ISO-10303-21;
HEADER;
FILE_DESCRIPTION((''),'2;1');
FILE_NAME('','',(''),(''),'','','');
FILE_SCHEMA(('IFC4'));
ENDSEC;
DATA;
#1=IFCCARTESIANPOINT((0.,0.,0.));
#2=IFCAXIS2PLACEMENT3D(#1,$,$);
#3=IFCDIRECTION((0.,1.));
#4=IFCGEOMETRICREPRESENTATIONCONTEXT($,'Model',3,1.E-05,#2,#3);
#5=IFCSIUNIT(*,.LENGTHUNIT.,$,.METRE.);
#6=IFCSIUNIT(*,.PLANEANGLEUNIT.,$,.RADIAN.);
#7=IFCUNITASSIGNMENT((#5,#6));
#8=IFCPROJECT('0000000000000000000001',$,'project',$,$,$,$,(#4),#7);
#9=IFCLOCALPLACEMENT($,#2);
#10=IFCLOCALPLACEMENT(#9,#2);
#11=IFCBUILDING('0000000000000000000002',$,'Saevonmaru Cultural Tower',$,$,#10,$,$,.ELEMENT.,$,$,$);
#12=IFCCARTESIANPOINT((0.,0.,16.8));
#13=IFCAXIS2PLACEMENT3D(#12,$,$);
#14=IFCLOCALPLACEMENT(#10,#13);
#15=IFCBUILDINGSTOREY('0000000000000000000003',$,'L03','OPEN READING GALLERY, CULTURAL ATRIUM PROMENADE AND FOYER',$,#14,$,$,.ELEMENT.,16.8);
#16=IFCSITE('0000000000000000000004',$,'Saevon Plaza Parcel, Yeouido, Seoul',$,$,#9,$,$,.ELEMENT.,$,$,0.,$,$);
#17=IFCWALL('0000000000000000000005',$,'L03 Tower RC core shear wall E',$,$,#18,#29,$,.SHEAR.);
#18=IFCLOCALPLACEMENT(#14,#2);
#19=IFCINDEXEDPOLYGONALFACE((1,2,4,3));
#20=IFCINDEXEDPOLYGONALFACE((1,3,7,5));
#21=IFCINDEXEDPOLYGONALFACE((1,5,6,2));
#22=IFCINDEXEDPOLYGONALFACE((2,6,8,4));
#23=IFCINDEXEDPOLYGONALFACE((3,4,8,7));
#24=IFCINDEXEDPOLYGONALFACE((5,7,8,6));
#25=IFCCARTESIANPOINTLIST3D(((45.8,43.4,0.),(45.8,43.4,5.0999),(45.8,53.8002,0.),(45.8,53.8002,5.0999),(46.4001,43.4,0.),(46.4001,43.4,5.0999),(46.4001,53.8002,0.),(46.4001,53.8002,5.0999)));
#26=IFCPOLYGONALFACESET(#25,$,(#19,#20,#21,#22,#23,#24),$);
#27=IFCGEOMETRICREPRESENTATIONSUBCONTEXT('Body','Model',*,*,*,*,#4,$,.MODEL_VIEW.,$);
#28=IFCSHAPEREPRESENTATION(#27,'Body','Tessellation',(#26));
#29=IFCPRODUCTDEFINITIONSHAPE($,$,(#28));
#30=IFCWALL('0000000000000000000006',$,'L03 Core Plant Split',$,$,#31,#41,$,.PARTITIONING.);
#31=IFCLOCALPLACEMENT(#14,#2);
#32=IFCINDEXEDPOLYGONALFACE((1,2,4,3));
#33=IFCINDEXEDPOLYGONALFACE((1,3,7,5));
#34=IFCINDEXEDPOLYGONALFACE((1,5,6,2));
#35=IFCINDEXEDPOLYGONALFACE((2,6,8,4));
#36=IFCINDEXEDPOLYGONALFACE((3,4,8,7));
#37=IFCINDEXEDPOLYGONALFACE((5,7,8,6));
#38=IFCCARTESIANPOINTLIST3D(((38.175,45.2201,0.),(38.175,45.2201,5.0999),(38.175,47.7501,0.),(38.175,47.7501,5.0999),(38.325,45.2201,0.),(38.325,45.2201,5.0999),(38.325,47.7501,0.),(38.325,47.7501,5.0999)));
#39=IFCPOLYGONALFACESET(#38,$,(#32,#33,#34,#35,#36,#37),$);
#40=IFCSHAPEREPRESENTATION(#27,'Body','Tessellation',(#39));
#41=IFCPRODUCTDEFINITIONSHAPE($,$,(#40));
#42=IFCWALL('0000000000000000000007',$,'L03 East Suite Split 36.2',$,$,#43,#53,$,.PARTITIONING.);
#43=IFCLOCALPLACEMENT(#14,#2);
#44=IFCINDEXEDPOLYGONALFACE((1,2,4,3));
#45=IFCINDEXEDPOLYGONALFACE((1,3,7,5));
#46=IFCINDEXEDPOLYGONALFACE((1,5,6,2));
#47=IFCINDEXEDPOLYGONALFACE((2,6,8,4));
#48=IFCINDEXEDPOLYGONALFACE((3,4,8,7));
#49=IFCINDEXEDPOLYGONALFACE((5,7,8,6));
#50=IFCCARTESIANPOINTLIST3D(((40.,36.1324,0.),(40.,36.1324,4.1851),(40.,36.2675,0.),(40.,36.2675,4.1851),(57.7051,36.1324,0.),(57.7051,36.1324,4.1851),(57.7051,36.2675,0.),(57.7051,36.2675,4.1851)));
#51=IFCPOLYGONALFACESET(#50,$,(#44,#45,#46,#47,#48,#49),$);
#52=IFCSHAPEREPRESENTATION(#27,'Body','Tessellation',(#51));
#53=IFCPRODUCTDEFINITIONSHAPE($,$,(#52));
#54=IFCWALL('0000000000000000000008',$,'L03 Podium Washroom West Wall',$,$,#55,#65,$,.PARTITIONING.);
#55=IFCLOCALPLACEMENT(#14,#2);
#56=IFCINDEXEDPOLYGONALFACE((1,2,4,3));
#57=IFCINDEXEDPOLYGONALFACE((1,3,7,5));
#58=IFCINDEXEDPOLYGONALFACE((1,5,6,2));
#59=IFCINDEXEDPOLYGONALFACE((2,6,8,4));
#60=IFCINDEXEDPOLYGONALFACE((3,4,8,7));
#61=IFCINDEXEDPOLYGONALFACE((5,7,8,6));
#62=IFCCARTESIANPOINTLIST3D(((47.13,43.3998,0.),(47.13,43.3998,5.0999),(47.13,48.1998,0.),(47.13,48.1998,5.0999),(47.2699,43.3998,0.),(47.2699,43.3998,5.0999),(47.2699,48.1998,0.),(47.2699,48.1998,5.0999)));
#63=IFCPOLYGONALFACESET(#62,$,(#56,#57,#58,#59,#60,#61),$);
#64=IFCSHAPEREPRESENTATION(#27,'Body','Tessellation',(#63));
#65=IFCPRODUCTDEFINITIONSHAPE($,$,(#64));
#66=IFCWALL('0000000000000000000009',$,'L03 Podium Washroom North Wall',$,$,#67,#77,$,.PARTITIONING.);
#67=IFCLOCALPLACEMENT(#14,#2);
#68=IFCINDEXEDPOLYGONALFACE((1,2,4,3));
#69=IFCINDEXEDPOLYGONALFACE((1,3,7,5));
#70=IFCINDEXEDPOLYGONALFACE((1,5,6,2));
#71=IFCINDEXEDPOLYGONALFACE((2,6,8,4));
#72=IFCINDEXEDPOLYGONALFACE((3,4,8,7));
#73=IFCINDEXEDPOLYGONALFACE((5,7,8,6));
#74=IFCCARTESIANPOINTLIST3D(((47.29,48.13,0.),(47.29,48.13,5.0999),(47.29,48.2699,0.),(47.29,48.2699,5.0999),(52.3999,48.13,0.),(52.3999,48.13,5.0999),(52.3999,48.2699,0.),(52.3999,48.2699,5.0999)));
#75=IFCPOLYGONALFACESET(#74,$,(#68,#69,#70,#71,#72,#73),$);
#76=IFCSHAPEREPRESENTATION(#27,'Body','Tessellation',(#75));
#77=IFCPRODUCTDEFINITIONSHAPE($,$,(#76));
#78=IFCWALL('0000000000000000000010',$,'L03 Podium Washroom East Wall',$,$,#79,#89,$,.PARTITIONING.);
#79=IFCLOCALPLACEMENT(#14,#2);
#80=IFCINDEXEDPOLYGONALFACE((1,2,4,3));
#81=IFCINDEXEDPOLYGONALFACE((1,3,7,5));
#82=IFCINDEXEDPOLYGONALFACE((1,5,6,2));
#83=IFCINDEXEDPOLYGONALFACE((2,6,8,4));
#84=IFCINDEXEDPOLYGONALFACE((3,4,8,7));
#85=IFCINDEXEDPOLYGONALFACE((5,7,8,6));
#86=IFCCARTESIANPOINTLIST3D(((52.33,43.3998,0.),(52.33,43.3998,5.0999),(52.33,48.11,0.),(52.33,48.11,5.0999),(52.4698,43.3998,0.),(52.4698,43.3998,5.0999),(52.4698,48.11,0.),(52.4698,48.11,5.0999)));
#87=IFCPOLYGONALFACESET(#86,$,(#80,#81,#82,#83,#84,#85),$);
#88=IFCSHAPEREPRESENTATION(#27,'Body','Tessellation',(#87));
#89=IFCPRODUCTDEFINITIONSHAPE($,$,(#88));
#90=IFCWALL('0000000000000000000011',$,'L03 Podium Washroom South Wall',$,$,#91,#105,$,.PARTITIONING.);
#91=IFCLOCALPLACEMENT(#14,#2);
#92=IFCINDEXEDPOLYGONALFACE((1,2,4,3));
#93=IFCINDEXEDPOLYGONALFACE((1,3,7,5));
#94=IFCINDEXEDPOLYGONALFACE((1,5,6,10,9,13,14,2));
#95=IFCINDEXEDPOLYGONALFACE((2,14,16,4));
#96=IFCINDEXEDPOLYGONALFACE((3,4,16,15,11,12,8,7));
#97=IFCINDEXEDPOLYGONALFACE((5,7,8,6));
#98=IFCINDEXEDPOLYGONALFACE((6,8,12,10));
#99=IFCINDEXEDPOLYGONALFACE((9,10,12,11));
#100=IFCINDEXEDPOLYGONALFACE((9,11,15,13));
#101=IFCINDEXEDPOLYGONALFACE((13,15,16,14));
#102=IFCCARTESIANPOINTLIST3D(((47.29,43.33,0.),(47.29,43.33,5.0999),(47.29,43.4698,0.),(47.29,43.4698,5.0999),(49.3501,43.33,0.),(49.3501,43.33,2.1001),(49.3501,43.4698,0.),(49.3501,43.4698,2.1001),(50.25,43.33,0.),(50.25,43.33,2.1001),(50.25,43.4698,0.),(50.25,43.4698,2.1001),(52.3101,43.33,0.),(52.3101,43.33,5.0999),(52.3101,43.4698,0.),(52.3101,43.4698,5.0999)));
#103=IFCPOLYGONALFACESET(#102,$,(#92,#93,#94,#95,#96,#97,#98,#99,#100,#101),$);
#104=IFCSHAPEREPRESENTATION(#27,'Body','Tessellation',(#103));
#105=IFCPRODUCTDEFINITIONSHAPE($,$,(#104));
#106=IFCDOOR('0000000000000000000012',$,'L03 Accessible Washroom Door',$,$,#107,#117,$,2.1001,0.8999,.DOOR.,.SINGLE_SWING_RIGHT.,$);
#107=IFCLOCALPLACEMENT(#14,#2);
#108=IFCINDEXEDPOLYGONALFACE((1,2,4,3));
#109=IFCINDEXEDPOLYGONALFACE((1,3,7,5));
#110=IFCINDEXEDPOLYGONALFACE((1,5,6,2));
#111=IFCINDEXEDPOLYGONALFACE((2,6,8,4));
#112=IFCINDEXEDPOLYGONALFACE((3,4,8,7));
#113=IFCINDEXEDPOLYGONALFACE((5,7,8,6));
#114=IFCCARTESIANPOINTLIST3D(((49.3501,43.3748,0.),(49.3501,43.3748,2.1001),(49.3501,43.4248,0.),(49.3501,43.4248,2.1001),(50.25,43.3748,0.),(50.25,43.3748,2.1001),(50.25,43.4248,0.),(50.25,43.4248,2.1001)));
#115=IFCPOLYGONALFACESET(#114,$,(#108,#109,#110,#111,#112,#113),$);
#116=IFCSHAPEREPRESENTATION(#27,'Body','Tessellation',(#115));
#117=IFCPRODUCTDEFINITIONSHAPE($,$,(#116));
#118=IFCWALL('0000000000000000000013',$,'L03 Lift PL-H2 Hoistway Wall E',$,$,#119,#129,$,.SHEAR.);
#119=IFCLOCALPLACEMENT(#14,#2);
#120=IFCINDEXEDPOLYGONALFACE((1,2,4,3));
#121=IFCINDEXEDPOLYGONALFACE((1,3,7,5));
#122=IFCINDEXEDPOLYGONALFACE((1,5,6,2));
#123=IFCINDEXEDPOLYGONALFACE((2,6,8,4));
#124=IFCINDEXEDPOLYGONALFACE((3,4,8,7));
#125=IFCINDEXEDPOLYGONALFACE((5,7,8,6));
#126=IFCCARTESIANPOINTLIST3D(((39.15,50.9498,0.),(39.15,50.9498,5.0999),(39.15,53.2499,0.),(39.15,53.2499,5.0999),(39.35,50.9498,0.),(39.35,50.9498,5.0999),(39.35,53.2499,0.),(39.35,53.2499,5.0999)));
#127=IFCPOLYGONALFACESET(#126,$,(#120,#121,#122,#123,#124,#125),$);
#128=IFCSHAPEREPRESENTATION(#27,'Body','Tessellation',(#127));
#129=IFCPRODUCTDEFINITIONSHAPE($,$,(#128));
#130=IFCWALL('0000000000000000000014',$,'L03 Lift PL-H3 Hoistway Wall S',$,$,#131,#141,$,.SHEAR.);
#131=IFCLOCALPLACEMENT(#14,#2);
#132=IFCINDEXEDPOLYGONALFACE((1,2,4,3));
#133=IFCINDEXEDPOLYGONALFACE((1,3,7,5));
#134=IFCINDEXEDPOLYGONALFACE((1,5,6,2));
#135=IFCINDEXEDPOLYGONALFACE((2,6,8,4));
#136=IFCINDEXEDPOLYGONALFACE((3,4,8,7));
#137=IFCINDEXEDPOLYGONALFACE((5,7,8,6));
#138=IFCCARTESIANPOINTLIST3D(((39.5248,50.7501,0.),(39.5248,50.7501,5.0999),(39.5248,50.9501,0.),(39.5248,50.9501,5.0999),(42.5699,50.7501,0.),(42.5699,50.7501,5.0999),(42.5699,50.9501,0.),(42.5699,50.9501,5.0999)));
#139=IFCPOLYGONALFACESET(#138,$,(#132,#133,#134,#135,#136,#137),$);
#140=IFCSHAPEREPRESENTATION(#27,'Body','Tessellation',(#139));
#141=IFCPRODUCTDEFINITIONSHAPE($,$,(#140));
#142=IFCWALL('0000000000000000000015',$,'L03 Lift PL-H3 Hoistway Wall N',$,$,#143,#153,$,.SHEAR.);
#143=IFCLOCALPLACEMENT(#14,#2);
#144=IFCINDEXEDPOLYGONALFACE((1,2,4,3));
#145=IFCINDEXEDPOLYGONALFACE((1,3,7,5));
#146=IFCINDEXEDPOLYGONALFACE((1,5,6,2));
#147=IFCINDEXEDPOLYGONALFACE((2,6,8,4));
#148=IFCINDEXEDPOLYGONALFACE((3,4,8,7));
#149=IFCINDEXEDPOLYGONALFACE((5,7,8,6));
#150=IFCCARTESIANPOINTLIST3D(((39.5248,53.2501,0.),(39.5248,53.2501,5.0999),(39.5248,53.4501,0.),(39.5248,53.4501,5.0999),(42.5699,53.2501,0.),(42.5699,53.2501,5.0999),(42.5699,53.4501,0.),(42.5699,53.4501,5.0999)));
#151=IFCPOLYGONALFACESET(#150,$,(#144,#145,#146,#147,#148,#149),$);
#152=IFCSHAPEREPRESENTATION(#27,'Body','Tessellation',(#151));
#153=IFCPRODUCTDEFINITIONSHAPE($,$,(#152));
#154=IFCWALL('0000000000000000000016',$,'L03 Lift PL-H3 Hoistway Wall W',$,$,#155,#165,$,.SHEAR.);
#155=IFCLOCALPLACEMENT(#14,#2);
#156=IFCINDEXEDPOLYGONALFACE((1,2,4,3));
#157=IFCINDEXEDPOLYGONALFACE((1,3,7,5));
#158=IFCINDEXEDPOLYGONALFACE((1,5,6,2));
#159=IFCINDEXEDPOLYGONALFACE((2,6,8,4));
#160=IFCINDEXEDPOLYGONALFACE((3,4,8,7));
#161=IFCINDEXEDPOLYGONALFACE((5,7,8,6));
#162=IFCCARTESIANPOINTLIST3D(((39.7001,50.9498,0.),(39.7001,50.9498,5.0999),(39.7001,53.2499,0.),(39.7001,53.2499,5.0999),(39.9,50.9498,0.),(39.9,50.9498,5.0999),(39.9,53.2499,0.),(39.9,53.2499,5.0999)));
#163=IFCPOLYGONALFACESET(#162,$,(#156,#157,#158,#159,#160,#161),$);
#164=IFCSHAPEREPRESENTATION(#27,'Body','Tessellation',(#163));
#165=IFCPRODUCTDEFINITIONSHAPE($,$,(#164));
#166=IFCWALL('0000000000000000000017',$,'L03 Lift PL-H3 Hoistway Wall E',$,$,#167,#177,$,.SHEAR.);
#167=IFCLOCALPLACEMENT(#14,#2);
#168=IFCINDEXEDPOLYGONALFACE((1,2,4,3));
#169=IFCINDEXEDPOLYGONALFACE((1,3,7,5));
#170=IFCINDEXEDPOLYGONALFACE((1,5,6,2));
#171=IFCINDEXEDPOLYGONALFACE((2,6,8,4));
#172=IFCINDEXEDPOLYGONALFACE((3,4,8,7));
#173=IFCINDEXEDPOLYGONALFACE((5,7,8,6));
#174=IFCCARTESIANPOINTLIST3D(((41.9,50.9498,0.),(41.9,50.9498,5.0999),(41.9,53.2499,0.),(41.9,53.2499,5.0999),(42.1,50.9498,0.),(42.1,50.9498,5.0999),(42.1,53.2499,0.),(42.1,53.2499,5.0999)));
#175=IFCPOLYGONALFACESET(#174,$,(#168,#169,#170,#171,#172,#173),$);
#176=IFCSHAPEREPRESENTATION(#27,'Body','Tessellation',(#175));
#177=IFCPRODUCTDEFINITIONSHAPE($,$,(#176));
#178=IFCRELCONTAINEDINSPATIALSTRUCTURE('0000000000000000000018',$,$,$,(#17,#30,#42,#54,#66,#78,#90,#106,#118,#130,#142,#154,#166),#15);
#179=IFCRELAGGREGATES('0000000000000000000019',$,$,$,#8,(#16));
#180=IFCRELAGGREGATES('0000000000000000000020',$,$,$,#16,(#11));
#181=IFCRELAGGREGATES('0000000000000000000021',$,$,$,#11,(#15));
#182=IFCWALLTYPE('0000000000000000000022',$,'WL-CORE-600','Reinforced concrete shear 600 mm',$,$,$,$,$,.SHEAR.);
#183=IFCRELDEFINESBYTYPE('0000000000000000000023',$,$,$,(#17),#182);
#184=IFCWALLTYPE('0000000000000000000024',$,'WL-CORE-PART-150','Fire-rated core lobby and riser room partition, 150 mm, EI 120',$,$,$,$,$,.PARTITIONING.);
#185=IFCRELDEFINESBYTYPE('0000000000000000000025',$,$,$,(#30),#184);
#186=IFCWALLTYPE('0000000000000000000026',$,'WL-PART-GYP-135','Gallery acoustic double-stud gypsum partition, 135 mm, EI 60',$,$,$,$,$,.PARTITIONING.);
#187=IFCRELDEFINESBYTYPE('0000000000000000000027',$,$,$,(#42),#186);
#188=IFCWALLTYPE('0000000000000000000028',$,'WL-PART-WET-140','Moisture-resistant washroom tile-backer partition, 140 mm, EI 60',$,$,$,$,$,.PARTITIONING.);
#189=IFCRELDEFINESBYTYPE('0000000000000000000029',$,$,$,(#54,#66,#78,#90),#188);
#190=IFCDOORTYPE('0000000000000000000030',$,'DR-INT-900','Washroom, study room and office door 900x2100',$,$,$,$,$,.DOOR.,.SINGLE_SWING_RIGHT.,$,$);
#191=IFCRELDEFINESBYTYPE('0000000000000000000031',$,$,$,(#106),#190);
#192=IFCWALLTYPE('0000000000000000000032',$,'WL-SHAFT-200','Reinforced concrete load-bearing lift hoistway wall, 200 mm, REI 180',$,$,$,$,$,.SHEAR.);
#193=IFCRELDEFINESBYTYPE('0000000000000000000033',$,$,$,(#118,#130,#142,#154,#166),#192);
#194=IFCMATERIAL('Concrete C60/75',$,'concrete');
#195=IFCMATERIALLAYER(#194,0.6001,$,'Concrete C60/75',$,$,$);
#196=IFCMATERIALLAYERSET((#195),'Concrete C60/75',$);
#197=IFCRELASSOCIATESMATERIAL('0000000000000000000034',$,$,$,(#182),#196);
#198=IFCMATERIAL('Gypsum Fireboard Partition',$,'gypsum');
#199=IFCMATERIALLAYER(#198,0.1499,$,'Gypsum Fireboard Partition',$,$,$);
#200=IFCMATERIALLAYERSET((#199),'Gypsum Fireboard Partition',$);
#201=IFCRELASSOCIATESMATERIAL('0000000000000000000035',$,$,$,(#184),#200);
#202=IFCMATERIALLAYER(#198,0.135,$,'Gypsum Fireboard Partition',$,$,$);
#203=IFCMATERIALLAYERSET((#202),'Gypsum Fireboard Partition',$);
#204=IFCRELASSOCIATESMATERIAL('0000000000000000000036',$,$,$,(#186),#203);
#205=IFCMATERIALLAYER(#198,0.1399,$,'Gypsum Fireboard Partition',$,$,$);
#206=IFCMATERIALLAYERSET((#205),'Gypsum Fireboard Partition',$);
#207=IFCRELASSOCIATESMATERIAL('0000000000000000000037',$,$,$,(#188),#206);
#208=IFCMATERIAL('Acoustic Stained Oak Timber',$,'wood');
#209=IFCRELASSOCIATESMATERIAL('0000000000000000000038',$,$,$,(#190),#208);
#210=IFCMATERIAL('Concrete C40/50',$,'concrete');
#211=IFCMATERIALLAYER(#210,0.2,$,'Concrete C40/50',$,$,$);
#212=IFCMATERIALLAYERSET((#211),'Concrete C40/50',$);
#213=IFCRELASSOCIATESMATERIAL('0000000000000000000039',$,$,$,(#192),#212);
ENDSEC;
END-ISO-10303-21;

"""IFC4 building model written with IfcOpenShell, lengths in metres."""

from ifc_helpers import new_model, si_unit, direction, frame, frame_2d, origin, place, context, subcontext, project, spatial, rectangle, extrude, material, layer, layer_set, type_object, element, fill, save


model = new_model("IFC4")

# Units and contexts
model_context = context("Model", 3, precision=1e-05, world=origin(), true_north=direction((0.0, 1.0)))
body_context = subcontext(model_context, "Body", "Model", "MODEL_VIEW")
ifc_project = project(units=[si_unit("LENGTHUNIT", "METRE"), si_unit("PLANEANGLEUNIT", "RADIAN")], contexts=[model_context])

# Site, building, storey
site_placement = place(None, origin())
site = spatial("IfcSite", under=ifc_project, at=site_placement, Name="Saevon Plaza Parcel, Yeouido, Seoul", CompositionType="ELEMENT", RefElevation=0.0)
building_placement = place(site_placement, origin())
building = spatial("IfcBuilding", under=site, at=building_placement, Name="Saevonmaru Cultural Tower", CompositionType="ELEMENT")
storey_placement = place(building_placement, frame((0.0, 0.0, 16.8)))
storey = spatial("IfcBuildingStorey", under=building, at=storey_placement, Name="L03", Description="OPEN READING GALLERY, CULTURAL ATRIUM PROMENADE AND FOYER", CompositionType="ELEMENT", Elevation=16.8)

# Walls
ifc_material_1 = material(Name="Concrete C60/75", Category="concrete")
ifc_layer_1 = layer(ifc_material_1, 0.6001, Name="Concrete C60/75")
ifc_layer_set_1 = layer_set([ifc_layer_1], Name="Concrete C60/75")
wall_type_1 = type_object("IfcWallType", Name="WL-CORE-600", Description="Reinforced concrete shear 600 mm", PredefinedType="SHEAR", material=ifc_layer_set_1)
wall_1_placement = place(storey_placement, frame((46.1001, 43.3999, 0.0), z_axis=(0.0, 0.0, 1.0), x_axis=(0.0, 1.0, 0.0)))
element("IfcWall", 1, at=wall_1_placement, inside=storey, type_object=wall_type_1, Name="L03 Tower RC core shear wall E", PredefinedType="SHEAR", context=body_context, shape_type="SweptSolid", body=[
    extrude(rectangle(XDim=10.4001, YDim=0.6001, at=frame_2d((5.2002, 0.0))), origin(), (0.0, 0.0, 1.0), 5.0999),
])
ifc_material_2 = material(Name="Gypsum Fireboard Partition", Category="gypsum")
ifc_layer_2 = layer(ifc_material_2, 0.1499, Name="Gypsum Fireboard Partition")
ifc_layer_set_2 = layer_set([ifc_layer_2], Name="Gypsum Fireboard Partition")
wall_type_2 = type_object("IfcWallType", Name="WL-CORE-PART-150", Description="Fire-rated core lobby and riser room partition, 150 mm, EI 120", PredefinedType="PARTITIONING", material=ifc_layer_set_2)
wall_2_placement = place(storey_placement, frame((38.25, 45.22, 0.0), z_axis=(0.0, 0.0, 1.0), x_axis=(0.0, 1.0, 0.0)))
element("IfcWall", 2, at=wall_2_placement, inside=storey, type_object=wall_type_2, Name="L03 Core Plant Split", PredefinedType="PARTITIONING", context=body_context, shape_type="SweptSolid", body=[
    extrude(rectangle(XDim=2.53, YDim=0.1499, at=frame_2d((1.2651, 0.0))), origin(), (0.0, 0.0, 1.0), 5.0999),
])
ifc_layer_3 = layer(ifc_material_2, 0.135, Name="Gypsum Fireboard Partition")
ifc_layer_set_3 = layer_set([ifc_layer_3], Name="Gypsum Fireboard Partition")
wall_type_3 = type_object("IfcWallType", Name="WL-PART-GYP-135", Description="Gallery acoustic double-stud gypsum partition, 135 mm, EI 60", PredefinedType="PARTITIONING", material=ifc_layer_set_3)
wall_3_placement = place(storey_placement, frame((40.0, 36.2, 0.0), z_axis=(0.0, 0.0, 1.0), x_axis=(1.0, 0.0, 0.0)))
element("IfcWall", 3, at=wall_3_placement, inside=storey, type_object=wall_type_3, Name="L03 East Suite Split 36.2", PredefinedType="PARTITIONING", context=body_context, shape_type="SweptSolid", body=[
    extrude(rectangle(XDim=17.7051, YDim=0.135, at=frame_2d((8.8525, 0.0))), origin(), (0.0, 0.0, 1.0), 4.1851),
])
ifc_layer_4 = layer(ifc_material_2, 0.1399, Name="Gypsum Fireboard Partition")
ifc_layer_set_4 = layer_set([ifc_layer_4], Name="Gypsum Fireboard Partition")
wall_type_4 = type_object("IfcWallType", Name="WL-PART-WET-140", Description="Moisture-resistant washroom tile-backer partition, 140 mm, EI 60", PredefinedType="PARTITIONING", material=ifc_layer_set_4)
wall_4_placement = place(storey_placement, frame((47.2, 43.3999, 0.0), z_axis=(0.0, 0.0, 1.0), x_axis=(0.0, 1.0, 0.0)))
element("IfcWall", 4, at=wall_4_placement, inside=storey, type_object=wall_type_4, Name="L03 Podium Washroom West Wall", PredefinedType="PARTITIONING", context=body_context, shape_type="SweptSolid", body=[
    extrude(rectangle(XDim=4.8, YDim=0.1399, at=frame_2d((2.3999, 0.0))), origin(), (0.0, 0.0, 1.0), 5.0999),
])
wall_5_placement = place(storey_placement, frame((47.29, 48.2, 0.0), z_axis=(0.0, 0.0, 1.0), x_axis=(1.0, 0.0, 0.0)))
element("IfcWall", 5, at=wall_5_placement, inside=storey, type_object=wall_type_4, Name="L03 Podium Washroom North Wall", PredefinedType="PARTITIONING", context=body_context, shape_type="SweptSolid", body=[
    extrude(rectangle(XDim=5.1099, YDim=0.1399, at=frame_2d((2.5549, 0.0))), origin(), (0.0, 0.0, 1.0), 5.0999),
])
wall_6_placement = place(storey_placement, frame((52.3999, 43.3999, 0.0), z_axis=(0.0, 0.0, 1.0), x_axis=(0.0, 1.0, 0.0)))
element("IfcWall", 6, at=wall_6_placement, inside=storey, type_object=wall_type_4, Name="L03 Podium Washroom East Wall", PredefinedType="PARTITIONING", context=body_context, shape_type="SweptSolid", body=[
    extrude(rectangle(XDim=4.7102, YDim=0.1399, at=frame_2d((2.355, 0.0))), origin(), (0.0, 0.0, 1.0), 5.0999),
])

# Wall, opening, door
wall_7_placement = place(storey_placement, frame((47.29, 43.3999, 0.0), z_axis=(0.0, 0.0, 1.0), x_axis=(1.0, 0.0, 0.0)))
wall_7 = element("IfcWall", 7, at=wall_7_placement, inside=storey, type_object=wall_type_4, Name="L03 Podium Washroom South Wall", PredefinedType="PARTITIONING", context=body_context, shape_type="SweptSolid", body=[
    extrude(rectangle(XDim=5.02, YDim=0.1399, at=frame_2d((2.51, 0.0))), origin(), (0.0, 0.0, 1.0), 5.0999),
])
opening_1_placement = place(wall_7_placement, frame((2.0601, 0.0, 0.0)))
opening_1 = element("IfcOpeningElement", 8, at=opening_1_placement, cuts=wall_7, PredefinedType="OPENING", context=body_context, shape_type="SweptSolid", body=[
    extrude(rectangle(XDim=0.8999, YDim=2.1001, at=frame_2d((0.45, 1.05))), frame((0.0, 0.0801, 0.0), z_axis=(0.0, -1.0, 0.0), x_axis=(1.0, 0.0, 0.0)), (0.0, 0.0, 1.0), 0.1599),
])
ifc_material_3 = material(Name="Acoustic Stained Oak Timber", Category="wood")
door_type_1 = type_object("IfcDoorType", Name="DR-INT-900", Description="Washroom, study room and office door 900x2100", OperationType="SINGLE_SWING_RIGHT", PredefinedType="DOOR", material=ifc_material_3)
door_1_placement = place(opening_1_placement, origin())
door_1 = element("IfcDoor", 9, at=door_1_placement, inside=storey, type_object=door_type_1, Name="L03 Accessible Washroom Door", OperationType="SINGLE_SWING_RIGHT", OverallHeight=2.1001, OverallWidth=0.8999, PredefinedType="DOOR", context=body_context, shape_type="SweptSolid", body=[
    extrude(rectangle(XDim=0.8999, YDim=2.1001, at=frame_2d((0.45, 1.05))), frame((0.0, 0.0249, 0.0), z_axis=(0.0, -1.0, 0.0), x_axis=(1.0, 0.0, 0.0)), (0.0, 0.0, 1.0), 0.05),
])
fill(opening_1, door_1)

# Walls
ifc_material_4 = material(Name="Concrete C40/50", Category="concrete")
ifc_layer_5 = layer(ifc_material_4, 0.2, Name="Concrete C40/50")
ifc_layer_set_5 = layer_set([ifc_layer_5], Name="Concrete C40/50")
wall_type_5 = type_object("IfcWallType", Name="WL-SHAFT-200", Description="Reinforced concrete load-bearing lift hoistway wall, 200 mm, REI 180", PredefinedType="SHEAR", material=ifc_layer_set_5)
wall_8_placement = place(storey_placement, frame((39.25, 50.95, 0.0), z_axis=(0.0, 0.0, 1.0), x_axis=(0.0, 1.0, 0.0)))
element("IfcWall", 10, at=wall_8_placement, inside=storey, type_object=wall_type_5, Name="L03 Lift PL-H2 Hoistway Wall E", PredefinedType="SHEAR", context=body_context, shape_type="SweptSolid", body=[
    extrude(rectangle(XDim=2.3, YDim=0.2, at=frame_2d((1.1499, 0.0))), origin(), (0.0, 0.0, 1.0), 5.0999),
])
for number, where, z_axis, x_axis, name in (
    (11, (39.5249, 50.8501, 0.0), (0.0, 0.0, 1.0), (1.0, 0.0, 0.0), "L03 Lift PL-H3 Hoistway Wall S"),
    (12, (39.5249, 53.3501, 0.0), (0.0, 0.0, 1.0), (1.0, 0.0, 0.0), "L03 Lift PL-H3 Hoistway Wall N"),
):
    element("IfcWall", number, at=place(storey_placement, frame(where, z_axis=z_axis, x_axis=x_axis)), inside=storey, type_object=wall_type_5, Name=name, PredefinedType="SHEAR", context=body_context, shape_type="SweptSolid", body=[
        extrude(rectangle(XDim=3.0452, YDim=0.2, at=frame_2d((1.5225, 0.0))), origin(), (0.0, 0.0, 1.0), 5.0999),
    ])
for number, where, z_axis, x_axis, name in (
    (13, (39.8, 50.95, 0.0), (0.0, 0.0, 1.0), (0.0, 1.0, 0.0), "L03 Lift PL-H3 Hoistway Wall W"),
    (14, (42.0, 50.95, 0.0), (0.0, 0.0, 1.0), (0.0, 1.0, 0.0), "L03 Lift PL-H3 Hoistway Wall E"),
):
    element("IfcWall", number, at=place(storey_placement, frame(where, z_axis=z_axis, x_axis=x_axis)), inside=storey, type_object=wall_type_5, Name=name, PredefinedType="SHEAR", context=body_context, shape_type="SweptSolid", body=[
        extrude(rectangle(XDim=2.3, YDim=0.2, at=frame_2d((1.1499, 0.0))), origin(), (0.0, 0.0, 1.0), 5.0999),
    ])

save(model, "model.ifc")
